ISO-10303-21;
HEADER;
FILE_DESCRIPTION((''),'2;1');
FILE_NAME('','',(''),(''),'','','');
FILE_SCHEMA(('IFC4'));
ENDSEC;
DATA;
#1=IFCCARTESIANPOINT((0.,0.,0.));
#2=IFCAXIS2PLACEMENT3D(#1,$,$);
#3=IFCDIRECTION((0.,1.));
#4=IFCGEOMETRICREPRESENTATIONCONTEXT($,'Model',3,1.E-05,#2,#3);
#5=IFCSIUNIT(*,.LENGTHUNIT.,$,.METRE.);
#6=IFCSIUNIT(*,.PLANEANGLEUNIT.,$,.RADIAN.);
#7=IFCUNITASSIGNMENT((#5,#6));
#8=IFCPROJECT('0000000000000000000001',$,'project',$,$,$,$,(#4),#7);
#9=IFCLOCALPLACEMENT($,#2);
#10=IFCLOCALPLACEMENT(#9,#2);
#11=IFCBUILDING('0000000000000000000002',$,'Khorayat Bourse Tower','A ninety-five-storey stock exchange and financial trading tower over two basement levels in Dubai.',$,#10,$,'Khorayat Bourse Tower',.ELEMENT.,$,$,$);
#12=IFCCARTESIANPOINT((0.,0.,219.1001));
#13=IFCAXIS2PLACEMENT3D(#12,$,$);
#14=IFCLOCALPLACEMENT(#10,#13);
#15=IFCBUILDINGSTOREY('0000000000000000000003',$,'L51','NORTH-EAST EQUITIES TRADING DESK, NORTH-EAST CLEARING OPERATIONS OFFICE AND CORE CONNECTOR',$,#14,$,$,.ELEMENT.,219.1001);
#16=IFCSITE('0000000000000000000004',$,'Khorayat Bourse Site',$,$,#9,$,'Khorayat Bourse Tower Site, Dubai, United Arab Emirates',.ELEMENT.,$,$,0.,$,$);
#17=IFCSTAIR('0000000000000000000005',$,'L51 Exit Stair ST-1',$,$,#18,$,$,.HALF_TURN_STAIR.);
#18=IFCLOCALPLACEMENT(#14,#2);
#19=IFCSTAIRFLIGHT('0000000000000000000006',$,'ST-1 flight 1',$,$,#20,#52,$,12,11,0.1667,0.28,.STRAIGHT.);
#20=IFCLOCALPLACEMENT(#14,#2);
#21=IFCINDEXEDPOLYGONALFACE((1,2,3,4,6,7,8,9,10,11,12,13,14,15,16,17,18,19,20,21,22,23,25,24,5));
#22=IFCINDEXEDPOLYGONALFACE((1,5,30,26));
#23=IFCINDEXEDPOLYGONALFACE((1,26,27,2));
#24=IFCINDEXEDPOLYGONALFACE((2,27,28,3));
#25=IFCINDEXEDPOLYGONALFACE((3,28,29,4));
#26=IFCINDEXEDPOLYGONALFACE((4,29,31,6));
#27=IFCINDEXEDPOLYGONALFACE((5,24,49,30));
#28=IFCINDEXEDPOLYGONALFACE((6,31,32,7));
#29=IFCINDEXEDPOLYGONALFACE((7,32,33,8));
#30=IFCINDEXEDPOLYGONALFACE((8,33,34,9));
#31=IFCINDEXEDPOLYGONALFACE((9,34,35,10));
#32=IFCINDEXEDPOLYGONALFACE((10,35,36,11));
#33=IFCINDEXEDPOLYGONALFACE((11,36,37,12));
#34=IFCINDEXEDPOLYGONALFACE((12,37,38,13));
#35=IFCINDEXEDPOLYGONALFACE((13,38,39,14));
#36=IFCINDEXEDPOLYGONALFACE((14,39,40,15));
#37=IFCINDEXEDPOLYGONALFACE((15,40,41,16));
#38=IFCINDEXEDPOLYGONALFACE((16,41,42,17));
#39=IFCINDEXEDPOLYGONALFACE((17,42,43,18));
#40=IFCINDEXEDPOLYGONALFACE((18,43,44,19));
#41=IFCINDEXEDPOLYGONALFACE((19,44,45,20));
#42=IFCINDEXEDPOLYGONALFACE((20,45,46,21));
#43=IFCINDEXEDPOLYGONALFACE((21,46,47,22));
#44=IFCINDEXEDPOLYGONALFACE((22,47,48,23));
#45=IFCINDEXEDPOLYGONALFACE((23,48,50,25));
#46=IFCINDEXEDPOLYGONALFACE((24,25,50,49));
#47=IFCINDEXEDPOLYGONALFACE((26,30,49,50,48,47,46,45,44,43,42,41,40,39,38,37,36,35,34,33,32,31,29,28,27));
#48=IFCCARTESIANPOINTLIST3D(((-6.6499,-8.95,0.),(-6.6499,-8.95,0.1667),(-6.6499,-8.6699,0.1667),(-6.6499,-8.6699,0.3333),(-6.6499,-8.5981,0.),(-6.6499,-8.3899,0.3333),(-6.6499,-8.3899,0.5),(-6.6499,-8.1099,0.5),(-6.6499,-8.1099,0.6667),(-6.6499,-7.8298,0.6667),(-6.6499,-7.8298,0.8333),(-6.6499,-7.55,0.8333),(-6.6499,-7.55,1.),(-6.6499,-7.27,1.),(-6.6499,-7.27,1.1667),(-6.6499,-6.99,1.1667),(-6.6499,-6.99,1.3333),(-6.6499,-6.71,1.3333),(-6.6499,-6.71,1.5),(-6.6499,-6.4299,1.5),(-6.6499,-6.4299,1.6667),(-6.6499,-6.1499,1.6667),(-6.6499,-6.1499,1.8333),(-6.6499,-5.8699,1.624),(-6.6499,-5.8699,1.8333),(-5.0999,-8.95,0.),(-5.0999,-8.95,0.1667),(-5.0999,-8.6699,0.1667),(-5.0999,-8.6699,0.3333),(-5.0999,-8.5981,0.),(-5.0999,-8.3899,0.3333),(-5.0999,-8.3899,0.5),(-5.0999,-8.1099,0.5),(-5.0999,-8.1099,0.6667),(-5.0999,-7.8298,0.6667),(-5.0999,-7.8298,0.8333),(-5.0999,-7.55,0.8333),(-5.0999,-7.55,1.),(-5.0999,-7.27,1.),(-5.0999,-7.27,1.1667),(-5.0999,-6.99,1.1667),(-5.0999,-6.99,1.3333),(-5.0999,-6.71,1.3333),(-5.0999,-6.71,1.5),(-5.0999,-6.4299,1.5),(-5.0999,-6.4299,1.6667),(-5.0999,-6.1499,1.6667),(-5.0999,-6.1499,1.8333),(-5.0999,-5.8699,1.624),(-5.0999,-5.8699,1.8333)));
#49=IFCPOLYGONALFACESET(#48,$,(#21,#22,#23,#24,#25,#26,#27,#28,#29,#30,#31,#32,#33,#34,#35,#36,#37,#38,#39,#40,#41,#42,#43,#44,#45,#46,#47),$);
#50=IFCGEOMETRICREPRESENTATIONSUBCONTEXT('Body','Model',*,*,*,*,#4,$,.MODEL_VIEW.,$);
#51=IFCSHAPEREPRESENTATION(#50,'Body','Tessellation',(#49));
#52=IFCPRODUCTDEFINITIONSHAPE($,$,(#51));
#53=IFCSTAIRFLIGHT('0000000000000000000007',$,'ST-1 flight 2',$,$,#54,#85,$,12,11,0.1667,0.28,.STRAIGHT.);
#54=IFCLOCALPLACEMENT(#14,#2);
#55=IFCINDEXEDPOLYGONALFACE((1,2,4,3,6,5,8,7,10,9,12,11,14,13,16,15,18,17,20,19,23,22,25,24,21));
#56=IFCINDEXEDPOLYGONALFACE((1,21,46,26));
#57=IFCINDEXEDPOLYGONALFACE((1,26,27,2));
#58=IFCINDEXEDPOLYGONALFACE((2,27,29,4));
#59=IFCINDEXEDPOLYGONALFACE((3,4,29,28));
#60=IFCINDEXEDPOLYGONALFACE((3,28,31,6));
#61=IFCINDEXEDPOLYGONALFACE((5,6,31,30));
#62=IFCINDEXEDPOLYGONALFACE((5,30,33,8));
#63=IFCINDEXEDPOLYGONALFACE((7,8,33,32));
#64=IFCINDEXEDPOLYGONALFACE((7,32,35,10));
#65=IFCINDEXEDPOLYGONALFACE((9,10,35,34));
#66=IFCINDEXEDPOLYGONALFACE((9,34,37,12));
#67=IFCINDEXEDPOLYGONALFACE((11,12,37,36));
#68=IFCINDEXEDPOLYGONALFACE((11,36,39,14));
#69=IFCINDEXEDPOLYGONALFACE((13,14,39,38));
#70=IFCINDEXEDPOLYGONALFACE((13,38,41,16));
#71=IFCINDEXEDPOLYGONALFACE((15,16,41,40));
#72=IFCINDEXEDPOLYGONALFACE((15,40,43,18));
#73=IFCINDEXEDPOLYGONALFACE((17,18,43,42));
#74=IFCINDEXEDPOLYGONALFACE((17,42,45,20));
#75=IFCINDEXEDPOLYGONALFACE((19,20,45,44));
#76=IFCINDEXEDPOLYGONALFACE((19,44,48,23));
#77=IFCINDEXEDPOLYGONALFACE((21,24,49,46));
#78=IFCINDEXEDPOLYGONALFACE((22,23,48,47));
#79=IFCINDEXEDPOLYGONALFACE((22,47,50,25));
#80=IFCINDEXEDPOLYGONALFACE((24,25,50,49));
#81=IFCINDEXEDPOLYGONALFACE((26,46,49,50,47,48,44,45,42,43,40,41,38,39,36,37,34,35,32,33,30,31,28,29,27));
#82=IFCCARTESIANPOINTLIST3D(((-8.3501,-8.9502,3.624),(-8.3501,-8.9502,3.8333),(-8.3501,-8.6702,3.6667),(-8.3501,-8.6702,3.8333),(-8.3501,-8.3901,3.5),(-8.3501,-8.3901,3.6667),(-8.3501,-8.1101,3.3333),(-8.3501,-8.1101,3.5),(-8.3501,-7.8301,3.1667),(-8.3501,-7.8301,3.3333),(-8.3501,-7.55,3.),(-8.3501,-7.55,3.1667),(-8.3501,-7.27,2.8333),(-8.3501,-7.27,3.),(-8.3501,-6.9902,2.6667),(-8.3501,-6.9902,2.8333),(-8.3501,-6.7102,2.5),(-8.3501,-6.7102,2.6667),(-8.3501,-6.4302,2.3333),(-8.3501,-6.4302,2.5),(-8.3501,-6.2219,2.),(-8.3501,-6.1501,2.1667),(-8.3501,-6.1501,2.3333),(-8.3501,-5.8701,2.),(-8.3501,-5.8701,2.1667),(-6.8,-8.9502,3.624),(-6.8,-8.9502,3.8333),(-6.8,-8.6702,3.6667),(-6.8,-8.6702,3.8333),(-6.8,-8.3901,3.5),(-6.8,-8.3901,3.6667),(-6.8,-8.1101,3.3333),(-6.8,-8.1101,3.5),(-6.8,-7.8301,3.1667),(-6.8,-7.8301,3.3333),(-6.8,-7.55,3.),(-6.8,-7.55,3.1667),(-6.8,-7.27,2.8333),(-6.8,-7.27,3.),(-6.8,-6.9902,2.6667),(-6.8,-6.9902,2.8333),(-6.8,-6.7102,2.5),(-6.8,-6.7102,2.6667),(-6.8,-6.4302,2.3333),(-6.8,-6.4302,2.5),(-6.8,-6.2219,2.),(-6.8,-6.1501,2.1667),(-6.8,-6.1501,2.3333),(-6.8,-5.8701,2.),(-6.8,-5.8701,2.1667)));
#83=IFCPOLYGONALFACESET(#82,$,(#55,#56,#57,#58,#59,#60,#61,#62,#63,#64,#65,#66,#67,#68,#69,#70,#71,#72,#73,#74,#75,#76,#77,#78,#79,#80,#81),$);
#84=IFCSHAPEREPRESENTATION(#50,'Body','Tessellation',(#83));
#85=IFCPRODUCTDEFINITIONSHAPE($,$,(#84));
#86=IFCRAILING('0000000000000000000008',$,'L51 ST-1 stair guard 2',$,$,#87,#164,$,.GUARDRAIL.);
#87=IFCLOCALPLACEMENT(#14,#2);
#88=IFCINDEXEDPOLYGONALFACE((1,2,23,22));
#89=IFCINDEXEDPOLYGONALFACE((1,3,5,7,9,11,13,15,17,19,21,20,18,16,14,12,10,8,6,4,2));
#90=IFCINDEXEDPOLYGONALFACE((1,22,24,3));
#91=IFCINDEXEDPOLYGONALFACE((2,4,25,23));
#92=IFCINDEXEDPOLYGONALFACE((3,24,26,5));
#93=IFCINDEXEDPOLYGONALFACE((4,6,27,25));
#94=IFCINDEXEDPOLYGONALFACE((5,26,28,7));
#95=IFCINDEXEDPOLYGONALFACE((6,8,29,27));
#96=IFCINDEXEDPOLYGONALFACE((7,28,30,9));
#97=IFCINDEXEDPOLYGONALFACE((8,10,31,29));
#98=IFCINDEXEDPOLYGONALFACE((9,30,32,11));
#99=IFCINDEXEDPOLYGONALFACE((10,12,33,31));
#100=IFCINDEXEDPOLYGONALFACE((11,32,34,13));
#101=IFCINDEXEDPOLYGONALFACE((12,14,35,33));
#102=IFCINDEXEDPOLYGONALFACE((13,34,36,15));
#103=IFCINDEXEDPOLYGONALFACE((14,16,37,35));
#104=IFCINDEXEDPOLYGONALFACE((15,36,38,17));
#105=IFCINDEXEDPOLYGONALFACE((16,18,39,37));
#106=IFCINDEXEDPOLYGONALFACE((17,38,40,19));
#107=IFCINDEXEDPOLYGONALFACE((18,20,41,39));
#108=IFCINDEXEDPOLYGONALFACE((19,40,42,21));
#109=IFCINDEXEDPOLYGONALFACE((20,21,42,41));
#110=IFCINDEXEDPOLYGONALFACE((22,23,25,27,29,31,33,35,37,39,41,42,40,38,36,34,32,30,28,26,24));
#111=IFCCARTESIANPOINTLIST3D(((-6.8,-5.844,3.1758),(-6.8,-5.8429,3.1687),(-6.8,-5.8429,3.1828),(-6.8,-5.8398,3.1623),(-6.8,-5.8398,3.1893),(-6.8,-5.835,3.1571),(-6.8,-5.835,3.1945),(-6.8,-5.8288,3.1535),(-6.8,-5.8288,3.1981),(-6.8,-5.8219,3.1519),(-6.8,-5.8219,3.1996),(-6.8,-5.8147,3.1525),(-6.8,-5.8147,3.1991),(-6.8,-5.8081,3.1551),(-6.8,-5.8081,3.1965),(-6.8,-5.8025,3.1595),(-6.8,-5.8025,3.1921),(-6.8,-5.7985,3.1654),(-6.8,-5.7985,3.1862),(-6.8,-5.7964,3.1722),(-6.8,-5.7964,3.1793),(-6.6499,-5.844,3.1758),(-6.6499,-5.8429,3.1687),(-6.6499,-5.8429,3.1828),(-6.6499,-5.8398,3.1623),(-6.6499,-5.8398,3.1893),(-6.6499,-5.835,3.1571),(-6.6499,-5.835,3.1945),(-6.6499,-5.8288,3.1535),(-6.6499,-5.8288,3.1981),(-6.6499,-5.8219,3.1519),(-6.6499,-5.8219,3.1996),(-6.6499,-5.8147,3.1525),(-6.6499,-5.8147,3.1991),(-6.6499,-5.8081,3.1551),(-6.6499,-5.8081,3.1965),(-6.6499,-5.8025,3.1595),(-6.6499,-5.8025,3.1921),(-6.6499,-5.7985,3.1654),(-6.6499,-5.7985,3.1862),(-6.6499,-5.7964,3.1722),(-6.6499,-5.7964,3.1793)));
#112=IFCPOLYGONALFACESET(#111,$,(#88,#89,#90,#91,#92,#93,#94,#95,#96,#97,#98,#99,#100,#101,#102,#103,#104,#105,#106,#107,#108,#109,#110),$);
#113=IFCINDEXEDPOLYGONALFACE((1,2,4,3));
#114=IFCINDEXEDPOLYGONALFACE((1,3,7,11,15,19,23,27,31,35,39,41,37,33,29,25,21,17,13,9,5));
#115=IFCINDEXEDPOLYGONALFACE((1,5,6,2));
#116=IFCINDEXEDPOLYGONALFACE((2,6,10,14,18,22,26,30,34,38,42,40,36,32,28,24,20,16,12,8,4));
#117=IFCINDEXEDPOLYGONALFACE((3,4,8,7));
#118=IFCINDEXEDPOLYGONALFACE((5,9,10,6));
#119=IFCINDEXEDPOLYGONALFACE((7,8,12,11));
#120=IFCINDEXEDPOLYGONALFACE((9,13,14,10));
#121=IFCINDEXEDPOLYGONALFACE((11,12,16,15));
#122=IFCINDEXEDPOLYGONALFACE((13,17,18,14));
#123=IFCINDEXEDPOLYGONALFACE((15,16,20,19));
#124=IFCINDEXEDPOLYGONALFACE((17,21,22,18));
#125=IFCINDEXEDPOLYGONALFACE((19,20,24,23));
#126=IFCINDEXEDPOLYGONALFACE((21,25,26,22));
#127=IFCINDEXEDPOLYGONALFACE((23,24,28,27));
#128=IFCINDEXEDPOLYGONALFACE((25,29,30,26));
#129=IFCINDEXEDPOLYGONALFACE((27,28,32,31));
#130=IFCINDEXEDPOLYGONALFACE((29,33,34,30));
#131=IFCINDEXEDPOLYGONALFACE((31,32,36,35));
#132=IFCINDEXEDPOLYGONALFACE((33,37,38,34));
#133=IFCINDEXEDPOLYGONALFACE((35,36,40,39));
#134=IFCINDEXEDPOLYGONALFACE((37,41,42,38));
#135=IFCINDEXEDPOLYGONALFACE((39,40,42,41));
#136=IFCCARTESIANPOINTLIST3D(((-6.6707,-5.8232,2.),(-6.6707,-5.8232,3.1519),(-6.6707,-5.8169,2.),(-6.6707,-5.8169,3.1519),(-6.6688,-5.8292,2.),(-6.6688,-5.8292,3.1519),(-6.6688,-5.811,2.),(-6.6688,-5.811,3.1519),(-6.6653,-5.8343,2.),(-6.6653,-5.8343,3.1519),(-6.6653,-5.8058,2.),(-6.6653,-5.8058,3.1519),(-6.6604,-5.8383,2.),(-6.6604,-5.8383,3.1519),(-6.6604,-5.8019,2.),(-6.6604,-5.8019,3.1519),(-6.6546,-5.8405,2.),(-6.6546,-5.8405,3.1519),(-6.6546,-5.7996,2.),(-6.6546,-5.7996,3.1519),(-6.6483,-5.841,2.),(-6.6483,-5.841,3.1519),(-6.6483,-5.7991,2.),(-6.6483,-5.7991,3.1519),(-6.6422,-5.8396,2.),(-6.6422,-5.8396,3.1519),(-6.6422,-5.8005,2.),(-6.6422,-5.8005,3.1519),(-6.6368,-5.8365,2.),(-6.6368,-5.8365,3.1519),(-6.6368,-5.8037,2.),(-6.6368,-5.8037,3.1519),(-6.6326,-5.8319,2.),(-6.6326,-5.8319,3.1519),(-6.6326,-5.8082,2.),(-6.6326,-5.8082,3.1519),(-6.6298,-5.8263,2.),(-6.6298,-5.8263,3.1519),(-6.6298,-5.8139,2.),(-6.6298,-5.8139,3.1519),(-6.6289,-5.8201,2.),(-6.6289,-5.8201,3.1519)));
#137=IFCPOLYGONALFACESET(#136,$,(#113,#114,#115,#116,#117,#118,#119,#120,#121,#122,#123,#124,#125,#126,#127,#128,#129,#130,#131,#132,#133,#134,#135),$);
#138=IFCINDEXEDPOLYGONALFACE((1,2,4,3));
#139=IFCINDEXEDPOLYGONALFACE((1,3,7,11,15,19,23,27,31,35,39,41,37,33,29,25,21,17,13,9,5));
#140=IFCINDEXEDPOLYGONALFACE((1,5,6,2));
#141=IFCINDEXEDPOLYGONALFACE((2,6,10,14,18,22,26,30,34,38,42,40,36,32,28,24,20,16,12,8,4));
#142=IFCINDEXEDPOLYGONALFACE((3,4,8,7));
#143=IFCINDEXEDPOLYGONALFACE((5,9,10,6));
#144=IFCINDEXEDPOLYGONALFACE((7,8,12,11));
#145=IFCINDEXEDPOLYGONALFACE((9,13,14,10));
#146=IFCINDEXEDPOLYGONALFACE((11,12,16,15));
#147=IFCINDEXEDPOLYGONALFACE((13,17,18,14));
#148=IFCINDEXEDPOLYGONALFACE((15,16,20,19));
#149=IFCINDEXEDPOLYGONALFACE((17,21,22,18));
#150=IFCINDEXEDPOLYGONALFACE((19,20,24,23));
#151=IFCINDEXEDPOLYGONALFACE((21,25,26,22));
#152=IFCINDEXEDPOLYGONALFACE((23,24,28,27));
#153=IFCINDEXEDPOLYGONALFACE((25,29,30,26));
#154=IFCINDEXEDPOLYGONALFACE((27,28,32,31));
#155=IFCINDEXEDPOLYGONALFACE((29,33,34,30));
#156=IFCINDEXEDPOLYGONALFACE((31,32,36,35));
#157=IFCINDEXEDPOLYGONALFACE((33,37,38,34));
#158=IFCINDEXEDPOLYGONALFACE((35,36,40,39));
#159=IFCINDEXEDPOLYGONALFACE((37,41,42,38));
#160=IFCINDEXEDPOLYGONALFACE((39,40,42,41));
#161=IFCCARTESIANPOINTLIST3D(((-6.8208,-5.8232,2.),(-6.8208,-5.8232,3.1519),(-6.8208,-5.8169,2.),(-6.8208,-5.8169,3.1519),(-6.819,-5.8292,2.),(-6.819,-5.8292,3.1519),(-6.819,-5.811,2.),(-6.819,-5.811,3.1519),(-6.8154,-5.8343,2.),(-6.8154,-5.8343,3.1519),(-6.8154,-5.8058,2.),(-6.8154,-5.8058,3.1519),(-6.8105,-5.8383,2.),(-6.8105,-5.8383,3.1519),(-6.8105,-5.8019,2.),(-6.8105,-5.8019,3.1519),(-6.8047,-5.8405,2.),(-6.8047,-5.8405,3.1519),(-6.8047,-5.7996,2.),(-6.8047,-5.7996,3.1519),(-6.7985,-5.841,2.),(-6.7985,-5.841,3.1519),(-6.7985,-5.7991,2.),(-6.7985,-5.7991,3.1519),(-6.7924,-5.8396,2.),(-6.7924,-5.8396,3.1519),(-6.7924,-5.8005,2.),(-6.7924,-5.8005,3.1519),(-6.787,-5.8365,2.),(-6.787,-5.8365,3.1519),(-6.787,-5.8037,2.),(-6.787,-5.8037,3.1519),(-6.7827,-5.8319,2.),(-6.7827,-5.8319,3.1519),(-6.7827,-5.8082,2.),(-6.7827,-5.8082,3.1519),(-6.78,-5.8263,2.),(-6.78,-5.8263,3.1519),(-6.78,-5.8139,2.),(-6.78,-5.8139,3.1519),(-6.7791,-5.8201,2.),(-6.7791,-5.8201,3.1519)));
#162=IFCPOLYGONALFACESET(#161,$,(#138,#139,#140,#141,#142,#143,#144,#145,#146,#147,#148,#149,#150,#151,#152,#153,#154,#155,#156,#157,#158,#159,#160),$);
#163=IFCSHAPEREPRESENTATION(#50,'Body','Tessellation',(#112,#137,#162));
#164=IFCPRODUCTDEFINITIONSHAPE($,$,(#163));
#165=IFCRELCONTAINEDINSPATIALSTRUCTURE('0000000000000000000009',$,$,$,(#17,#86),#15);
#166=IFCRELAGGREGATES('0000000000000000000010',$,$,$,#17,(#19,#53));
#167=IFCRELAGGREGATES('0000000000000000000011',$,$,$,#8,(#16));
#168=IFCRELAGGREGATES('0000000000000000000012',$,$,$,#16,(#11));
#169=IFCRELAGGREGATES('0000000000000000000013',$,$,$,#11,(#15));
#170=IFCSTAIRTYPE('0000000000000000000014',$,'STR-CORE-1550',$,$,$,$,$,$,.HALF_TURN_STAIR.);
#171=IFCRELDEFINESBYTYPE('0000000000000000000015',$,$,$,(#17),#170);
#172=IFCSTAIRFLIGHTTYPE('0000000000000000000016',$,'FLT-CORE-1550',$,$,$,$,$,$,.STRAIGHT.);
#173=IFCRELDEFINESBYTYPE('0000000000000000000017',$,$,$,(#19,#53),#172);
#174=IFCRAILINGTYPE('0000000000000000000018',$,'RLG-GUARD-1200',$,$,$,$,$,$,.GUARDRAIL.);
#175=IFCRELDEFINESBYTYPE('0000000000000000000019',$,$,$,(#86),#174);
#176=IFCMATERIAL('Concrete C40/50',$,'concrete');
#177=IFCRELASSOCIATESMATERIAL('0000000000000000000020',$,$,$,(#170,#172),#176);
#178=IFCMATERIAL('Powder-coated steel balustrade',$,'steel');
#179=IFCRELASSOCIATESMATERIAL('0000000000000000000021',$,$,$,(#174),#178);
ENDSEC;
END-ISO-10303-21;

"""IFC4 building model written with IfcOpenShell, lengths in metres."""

from ifc_helpers import new_model, si_unit, direction, frame, origin, origin_2d, place, context, subcontext, project, spatial, polyline, circle, outline, extrude, source, transform, mapped, material, type_object, element, aggregate, save


model = new_model("IFC4")

# Units and contexts
model_context = context("Model", 3, precision=1e-05, world=origin(), true_north=direction((0.0, 1.0)))
body_context = subcontext(model_context, "Body", "Model", "MODEL_VIEW")
ifc_project = project(units=[si_unit("LENGTHUNIT", "METRE"), si_unit("PLANEANGLEUNIT", "RADIAN")], contexts=[model_context])

# Site, building, storey
site_placement = place(None, origin())
site = spatial("IfcSite", under=ifc_project, at=site_placement, Name="Khorayat Bourse Site", LongName="Khorayat Bourse Tower Site, Dubai, United Arab Emirates", CompositionType="ELEMENT", RefElevation=0.0)
building_placement = place(site_placement, origin())
building = spatial("IfcBuilding", under=site, at=building_placement, Name="Khorayat Bourse Tower", Description="A ninety-five-storey stock exchange and financial trading tower over two basement levels in Dubai.", LongName="Khorayat Bourse Tower", CompositionType="ELEMENT")
storey_placement = place(building_placement, frame((0.0, 0.0, 219.1001)))
storey = spatial("IfcBuildingStorey", under=building, at=storey_placement, Name="L51", Description="NORTH-EAST EQUITIES TRADING DESK, NORTH-EAST CLEARING OPERATIONS OFFICE AND CORE CONNECTOR", CompositionType="ELEMENT", Elevation=219.1001)

# Stair, stair flights
ifc_material_1 = material(Name="Concrete C40/50", Category="concrete")
stair_type = type_object("IfcStairType", Name="STR-CORE-1550", PredefinedType="HALF_TURN_STAIR", material=ifc_material_1)
stair_placement = place(storey_placement, origin())
stair = element("IfcStair", 1, at=stair_placement, inside=storey, type_object=stair_type, Name="L51 Exit Stair ST-1", PredefinedType="HALF_TURN_STAIR")
stair_flight_type = type_object("IfcStairFlightType", Name="FLT-CORE-1550", PredefinedType="STRAIGHT", material=ifc_material_1)
shared_shape_1 = source(origin(), body_context, "Body", "SweptSolid", [
    extrude(outline(polyline([(0.0, 0.0), (0.0, 0.1667), (0.28, 0.1667), (0.28, 0.3333), (0.5601, 0.3333), (0.5601, 0.5), (0.8401, 0.5), (0.8401, 0.6667), (1.1201, 0.6667), (1.1201, 0.8333), (1.3999, 0.8333), (1.3999, 1.0), (1.6799, 1.0), (1.6799, 1.1667), (1.96, 1.1667), (1.96, 1.3333), (2.24, 1.3333), (2.24, 1.5), (2.52, 1.5), (2.52, 1.6667), (2.8, 1.6667), (2.8, 1.8333), (3.0801, 1.8333), (3.0801, 2.0), (3.0801, 1.624), (0.3518, 0.0), (0.0, 0.0)])), frame((0.0, 0.7749, 0.0), z_axis=(0.0, -1.0, 0.0), x_axis=(1.0, 0.0, 0.0)), (0.0, 0.0, 1.0), 1.55),
])
stair_flight_1_placement = place(storey_placement, frame((-5.875, -8.95, 0.0), z_axis=(0.0, 0.0, 1.0), x_axis=(0.0, 1.0, 0.0)))
stair_flight_1 = element("IfcStairFlight", 2, at=stair_flight_1_placement, type_object=stair_flight_type, Name="ST-1 flight 1", NumberOfRisers=12, NumberOfTreads=11, PredefinedType="STRAIGHT", RiserHeight=0.1667, TreadLength=0.28, context=body_context, shape_type="MappedRepresentation", body=[
    mapped(shared_shape_1, transform((0.0, 0.0, 0.0), scale=1.0)),
])
stair_flight_2_placement = place(storey_placement, frame((-7.575, -5.8701, 2.0), z_axis=(0.0, 0.0, 1.0), x_axis=(0.0, -1.0, 0.0)))
stair_flight_2 = element("IfcStairFlight", 3, at=stair_flight_2_placement, type_object=stair_flight_type, Name="ST-1 flight 2", NumberOfRisers=12, NumberOfTreads=11, PredefinedType="STRAIGHT", RiserHeight=0.1667, TreadLength=0.28, context=body_context, shape_type="MappedRepresentation", body=[
    mapped(shared_shape_1, transform((0.0, 0.0, 0.0), scale=1.0)),
])
aggregate(stair, [stair_flight_1, stair_flight_2])

# Railing
ifc_material_2 = material(Name="Powder-coated steel balustrade", Category="steel")
railing_type_1 = type_object("IfcRailingType", Name="RLG-GUARD-1200", PredefinedType="GUARDRAIL", material=ifc_material_2)
shared_shape_2 = source(origin(), body_context, "Body", "SweptSolid", [
    extrude(circle(Radius=0.0239, at=origin_2d()), frame((0.0, 0.0, 1.1758), z_axis=(-1.0, 0.0, 0.0), x_axis=(0.0, -1.0, 0.0)), (0.0, 0.0, 1.0), 0.1501),
    extrude(circle(Radius=0.021, at=origin_2d()), origin(), (0.0, 0.0, 1.0), 1.1519),
    extrude(circle(Radius=0.021, at=origin_2d()), frame((-0.1501, 0.0, 0.0)), (0.0, 0.0, 1.0), 1.1519),
])
for number, where, name in (
    (4, (-6.6499, -5.8201, 2.0), "L51 ST-1 stair guard 2"),
):
    element("IfcRailing", number, at=place(storey_placement, frame(where)), inside=storey, type_object=railing_type_1, Name=name, PredefinedType="GUARDRAIL", context=body_context, shape_type="MappedRepresentation", body=[
        mapped(shared_shape_2, transform((0.0, 0.0, 0.0), scale=1.0)),
    ])

save(model, "model.ifc")
